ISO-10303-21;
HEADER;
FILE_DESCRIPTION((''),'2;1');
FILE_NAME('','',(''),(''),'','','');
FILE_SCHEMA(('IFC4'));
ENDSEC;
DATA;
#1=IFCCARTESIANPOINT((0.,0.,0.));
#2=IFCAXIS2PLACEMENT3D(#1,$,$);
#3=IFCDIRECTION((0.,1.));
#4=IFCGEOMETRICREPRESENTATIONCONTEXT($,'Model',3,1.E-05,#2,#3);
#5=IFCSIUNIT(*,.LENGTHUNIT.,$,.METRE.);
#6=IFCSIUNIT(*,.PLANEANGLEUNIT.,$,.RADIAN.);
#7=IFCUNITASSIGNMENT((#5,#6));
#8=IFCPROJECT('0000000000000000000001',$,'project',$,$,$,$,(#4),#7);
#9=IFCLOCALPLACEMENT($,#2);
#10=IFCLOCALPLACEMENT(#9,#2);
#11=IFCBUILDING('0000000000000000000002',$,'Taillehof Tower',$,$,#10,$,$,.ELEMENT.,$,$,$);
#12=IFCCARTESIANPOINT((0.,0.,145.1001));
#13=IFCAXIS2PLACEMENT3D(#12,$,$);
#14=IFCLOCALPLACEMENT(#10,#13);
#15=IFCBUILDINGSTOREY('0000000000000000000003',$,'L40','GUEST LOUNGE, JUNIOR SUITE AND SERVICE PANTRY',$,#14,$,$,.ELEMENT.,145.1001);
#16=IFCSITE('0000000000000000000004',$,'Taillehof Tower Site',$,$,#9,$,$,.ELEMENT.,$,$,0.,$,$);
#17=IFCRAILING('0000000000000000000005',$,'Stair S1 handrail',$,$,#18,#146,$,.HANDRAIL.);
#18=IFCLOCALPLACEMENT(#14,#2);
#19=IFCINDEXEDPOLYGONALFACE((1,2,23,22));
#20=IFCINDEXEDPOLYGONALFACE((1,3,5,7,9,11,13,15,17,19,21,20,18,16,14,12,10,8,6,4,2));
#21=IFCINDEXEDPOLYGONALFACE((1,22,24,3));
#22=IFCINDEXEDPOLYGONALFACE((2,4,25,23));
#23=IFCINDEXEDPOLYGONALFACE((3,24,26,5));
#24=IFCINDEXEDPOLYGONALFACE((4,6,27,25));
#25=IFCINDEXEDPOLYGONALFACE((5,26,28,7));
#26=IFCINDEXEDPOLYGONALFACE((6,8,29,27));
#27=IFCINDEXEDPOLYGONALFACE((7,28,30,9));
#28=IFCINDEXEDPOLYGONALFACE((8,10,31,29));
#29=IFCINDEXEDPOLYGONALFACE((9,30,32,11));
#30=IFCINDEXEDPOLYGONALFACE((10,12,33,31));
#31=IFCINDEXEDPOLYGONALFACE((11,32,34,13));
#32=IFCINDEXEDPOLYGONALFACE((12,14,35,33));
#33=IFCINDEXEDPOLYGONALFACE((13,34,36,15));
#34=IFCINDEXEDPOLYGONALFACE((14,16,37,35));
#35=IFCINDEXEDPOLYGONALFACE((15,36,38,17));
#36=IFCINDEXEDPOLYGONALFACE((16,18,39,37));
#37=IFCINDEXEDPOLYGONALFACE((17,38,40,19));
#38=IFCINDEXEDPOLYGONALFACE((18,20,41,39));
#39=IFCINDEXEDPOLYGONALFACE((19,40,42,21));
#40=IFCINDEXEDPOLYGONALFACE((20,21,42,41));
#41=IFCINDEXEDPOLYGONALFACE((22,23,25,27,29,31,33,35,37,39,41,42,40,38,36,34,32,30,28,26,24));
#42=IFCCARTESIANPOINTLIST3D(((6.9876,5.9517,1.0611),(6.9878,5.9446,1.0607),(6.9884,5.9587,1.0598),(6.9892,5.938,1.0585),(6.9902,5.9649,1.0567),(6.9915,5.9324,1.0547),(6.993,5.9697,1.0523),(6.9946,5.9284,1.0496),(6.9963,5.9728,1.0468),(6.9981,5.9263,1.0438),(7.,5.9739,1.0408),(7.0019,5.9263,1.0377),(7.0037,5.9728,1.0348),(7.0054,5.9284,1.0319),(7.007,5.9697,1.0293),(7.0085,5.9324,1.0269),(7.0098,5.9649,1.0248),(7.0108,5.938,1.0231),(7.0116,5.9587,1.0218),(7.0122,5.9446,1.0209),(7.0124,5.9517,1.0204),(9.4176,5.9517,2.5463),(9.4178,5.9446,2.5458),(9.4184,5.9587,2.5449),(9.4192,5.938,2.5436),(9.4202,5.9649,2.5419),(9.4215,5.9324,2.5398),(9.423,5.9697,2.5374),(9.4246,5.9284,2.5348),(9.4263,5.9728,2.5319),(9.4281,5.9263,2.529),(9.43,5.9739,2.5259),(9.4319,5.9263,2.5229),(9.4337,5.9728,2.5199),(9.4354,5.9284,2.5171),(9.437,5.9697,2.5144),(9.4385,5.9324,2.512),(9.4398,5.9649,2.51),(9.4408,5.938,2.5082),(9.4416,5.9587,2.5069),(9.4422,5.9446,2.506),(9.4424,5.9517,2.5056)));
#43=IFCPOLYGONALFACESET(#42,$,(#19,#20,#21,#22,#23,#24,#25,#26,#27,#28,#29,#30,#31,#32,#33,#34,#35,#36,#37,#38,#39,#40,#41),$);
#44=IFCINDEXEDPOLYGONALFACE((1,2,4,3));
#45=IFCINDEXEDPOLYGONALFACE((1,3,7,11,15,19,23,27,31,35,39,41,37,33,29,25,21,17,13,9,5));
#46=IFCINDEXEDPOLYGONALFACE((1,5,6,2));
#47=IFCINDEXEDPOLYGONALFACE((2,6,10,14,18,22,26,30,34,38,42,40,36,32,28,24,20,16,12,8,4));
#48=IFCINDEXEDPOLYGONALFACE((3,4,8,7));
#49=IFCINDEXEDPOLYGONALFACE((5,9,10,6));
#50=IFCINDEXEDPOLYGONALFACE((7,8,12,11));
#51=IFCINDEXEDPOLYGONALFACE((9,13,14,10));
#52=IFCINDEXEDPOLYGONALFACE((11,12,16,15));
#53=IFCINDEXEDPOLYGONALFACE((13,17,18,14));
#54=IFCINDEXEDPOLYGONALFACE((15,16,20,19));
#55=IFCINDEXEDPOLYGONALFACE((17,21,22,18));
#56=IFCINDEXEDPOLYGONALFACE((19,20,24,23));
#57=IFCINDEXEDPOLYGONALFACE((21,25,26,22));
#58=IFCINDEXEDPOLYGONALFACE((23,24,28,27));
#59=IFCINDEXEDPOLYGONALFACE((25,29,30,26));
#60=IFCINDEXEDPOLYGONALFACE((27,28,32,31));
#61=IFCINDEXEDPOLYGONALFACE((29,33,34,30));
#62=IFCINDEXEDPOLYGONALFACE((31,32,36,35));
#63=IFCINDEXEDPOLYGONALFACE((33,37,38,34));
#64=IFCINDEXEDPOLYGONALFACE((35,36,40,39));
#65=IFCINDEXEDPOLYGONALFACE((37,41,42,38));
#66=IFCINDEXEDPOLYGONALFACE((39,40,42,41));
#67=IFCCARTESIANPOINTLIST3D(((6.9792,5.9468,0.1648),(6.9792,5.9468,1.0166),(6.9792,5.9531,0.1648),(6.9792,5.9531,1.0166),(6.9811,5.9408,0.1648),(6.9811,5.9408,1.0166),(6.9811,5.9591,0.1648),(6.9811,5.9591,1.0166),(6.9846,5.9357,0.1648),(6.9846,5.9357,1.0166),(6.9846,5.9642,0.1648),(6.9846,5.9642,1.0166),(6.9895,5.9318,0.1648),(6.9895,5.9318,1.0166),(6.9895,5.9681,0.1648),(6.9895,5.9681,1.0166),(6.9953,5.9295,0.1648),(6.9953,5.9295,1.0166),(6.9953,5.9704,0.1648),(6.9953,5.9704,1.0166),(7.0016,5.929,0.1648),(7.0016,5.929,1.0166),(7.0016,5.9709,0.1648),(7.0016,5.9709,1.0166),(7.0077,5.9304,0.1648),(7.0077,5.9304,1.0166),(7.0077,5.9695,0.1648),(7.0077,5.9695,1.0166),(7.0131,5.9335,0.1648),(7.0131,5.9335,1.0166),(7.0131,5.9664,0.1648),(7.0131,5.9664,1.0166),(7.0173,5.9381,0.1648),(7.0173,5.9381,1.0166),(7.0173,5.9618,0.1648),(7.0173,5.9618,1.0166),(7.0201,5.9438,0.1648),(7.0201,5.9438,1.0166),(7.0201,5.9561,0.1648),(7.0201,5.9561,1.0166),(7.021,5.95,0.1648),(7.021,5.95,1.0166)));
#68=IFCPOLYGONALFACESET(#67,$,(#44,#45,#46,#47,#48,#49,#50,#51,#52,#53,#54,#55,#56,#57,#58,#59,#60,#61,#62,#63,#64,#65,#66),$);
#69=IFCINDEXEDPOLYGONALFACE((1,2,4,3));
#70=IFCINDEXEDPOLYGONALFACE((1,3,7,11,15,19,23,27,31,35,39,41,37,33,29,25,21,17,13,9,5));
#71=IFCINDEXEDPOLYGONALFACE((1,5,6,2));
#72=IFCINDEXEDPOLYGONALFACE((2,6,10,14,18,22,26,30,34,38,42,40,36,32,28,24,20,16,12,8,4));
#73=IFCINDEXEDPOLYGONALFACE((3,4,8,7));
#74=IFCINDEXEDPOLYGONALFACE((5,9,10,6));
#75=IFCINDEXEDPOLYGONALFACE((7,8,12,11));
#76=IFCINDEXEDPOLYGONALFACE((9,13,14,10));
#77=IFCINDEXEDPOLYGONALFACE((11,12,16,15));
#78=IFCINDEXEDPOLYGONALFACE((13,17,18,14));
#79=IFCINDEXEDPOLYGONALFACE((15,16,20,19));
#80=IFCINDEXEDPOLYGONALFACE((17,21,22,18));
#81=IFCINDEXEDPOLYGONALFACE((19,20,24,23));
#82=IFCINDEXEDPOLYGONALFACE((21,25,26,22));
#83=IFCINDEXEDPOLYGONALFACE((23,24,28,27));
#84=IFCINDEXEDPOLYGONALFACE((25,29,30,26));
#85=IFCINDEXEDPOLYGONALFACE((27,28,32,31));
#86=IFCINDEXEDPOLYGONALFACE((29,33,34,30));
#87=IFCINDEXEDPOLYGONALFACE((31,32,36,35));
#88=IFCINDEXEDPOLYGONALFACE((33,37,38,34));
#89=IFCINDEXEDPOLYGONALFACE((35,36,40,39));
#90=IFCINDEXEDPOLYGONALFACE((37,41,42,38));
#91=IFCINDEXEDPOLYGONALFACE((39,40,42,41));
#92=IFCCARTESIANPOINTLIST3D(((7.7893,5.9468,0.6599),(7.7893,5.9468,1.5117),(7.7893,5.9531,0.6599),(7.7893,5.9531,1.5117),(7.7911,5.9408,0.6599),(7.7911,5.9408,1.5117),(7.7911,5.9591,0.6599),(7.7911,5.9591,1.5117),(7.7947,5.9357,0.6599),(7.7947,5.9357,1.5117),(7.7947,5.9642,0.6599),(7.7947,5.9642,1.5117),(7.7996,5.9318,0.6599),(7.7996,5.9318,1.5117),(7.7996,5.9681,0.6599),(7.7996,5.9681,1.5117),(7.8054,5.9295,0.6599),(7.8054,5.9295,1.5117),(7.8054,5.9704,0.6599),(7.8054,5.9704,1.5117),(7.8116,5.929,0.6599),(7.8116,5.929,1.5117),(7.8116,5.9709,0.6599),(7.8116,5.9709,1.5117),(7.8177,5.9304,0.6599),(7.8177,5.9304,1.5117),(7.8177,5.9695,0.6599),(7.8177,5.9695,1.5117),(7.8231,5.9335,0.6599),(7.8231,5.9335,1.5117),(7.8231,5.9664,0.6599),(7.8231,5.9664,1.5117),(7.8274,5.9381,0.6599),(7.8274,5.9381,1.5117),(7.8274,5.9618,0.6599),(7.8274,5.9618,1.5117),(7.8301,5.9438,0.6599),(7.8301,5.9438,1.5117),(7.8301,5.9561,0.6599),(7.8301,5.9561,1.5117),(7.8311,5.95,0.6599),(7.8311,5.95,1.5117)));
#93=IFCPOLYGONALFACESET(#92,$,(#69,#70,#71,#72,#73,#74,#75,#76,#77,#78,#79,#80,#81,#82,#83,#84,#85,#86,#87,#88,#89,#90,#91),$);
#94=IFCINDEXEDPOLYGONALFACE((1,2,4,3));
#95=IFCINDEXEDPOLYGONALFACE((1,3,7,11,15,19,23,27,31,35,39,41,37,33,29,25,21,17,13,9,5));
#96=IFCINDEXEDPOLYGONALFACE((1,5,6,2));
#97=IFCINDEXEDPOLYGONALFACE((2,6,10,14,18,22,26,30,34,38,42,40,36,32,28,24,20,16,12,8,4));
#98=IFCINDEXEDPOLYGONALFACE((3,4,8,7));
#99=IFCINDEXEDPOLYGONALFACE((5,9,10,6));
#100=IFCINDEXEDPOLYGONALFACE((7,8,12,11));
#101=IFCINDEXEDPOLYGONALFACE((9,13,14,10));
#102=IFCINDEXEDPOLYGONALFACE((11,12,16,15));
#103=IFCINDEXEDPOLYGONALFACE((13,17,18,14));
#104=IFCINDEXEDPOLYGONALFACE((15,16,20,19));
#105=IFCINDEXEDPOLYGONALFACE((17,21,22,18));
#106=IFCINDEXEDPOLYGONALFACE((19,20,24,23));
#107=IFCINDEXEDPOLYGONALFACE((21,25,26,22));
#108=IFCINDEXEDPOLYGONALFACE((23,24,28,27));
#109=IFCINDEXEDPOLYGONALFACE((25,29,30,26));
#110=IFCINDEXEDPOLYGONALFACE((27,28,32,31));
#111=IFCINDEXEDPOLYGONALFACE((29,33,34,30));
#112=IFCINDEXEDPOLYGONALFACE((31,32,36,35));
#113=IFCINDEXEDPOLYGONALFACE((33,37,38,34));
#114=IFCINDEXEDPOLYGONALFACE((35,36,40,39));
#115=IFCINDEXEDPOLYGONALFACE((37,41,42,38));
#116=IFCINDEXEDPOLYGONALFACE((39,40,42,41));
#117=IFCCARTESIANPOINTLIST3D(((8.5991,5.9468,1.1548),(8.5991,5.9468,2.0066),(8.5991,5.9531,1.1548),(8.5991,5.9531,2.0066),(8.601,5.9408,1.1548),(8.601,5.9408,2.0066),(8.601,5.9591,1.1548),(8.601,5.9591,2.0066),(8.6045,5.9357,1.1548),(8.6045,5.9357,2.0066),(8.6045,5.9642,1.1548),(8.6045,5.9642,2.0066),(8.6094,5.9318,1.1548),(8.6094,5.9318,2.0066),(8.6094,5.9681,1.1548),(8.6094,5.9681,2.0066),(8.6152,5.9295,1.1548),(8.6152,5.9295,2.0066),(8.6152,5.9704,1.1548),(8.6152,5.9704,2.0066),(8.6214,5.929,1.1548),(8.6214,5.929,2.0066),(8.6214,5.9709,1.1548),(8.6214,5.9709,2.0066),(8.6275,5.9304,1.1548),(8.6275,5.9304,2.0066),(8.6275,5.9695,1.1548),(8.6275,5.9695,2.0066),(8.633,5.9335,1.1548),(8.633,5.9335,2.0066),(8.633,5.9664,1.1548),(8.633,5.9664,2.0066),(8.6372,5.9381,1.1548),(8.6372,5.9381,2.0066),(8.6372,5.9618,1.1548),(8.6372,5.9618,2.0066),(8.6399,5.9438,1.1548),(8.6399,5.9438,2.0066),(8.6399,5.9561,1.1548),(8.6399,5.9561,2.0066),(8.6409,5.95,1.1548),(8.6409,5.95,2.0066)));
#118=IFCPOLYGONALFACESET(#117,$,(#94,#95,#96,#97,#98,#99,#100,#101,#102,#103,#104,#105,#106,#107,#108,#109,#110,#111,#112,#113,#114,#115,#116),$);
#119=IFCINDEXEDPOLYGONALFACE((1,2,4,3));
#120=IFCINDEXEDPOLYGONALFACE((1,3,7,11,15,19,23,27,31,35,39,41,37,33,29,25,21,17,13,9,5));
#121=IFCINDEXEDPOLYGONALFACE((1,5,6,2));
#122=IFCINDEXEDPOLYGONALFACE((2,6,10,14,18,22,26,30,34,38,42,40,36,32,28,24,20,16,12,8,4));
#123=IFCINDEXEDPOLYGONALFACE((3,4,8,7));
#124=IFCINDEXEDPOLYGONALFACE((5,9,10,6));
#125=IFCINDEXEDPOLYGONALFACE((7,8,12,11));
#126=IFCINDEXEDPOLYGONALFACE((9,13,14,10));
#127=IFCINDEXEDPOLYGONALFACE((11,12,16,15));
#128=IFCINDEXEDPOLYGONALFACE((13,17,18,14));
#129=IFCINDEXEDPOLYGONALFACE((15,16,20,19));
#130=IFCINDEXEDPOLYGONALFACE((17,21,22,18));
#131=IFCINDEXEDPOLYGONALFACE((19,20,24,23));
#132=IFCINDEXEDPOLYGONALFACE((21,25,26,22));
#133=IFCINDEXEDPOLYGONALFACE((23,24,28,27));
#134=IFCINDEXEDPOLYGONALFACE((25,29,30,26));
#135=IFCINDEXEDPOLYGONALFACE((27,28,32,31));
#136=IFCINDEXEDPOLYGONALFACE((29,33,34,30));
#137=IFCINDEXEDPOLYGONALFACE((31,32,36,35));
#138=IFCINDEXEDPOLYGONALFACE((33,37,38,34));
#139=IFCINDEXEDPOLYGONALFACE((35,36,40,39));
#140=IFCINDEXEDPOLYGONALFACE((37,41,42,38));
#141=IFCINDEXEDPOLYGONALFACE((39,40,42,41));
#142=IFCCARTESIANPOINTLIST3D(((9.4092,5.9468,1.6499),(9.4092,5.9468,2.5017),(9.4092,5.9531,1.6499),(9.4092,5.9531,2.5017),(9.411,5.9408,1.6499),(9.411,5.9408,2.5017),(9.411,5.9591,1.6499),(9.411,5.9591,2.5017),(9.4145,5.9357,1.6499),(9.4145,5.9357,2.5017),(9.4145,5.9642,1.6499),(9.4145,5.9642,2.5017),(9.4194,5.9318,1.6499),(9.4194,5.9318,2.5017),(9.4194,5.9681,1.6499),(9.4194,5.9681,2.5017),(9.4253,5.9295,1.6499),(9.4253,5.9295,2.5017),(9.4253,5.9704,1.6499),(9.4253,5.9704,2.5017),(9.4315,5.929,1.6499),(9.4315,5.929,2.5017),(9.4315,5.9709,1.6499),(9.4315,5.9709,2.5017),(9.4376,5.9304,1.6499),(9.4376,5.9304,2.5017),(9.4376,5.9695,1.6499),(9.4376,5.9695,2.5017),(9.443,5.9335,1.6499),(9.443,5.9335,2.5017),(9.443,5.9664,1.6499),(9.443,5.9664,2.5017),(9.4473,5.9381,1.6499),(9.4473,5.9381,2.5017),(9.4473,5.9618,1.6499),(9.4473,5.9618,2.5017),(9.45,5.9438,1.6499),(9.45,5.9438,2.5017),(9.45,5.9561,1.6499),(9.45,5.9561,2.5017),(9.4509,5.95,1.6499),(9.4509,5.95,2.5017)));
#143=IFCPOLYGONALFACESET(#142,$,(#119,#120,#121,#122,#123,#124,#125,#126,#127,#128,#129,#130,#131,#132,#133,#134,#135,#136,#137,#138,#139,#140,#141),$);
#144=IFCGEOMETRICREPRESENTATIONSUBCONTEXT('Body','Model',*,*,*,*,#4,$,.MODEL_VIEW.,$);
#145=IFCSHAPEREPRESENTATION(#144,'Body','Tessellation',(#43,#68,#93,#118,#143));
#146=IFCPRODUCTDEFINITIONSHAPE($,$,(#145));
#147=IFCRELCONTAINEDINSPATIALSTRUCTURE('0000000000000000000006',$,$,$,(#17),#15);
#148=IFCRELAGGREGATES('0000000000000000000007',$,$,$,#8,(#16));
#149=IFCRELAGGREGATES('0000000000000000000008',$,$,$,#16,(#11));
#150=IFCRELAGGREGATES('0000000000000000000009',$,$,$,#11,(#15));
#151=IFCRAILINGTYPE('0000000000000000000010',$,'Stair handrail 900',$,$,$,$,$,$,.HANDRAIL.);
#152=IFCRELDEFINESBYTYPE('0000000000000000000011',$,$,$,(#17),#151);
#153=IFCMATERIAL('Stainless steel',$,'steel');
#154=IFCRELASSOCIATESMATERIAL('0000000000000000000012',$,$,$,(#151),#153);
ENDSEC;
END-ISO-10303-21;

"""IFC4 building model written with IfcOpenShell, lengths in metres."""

from ifc_helpers import new_model, si_unit, direction, frame, origin, origin_2d, place, context, subcontext, project, spatial, circle, extrude, material, type_object, element, save


model = new_model("IFC4")

# Units and contexts
model_context = context("Model", 3, precision=1e-05, world=origin(), true_north=direction((0.0, 1.0)))
body_context = subcontext(model_context, "Body", "Model", "MODEL_VIEW")
ifc_project = project(units=[si_unit("LENGTHUNIT", "METRE"), si_unit("PLANEANGLEUNIT", "RADIAN")], contexts=[model_context])

# Site, building, storey
site_placement = place(None, origin())
site = spatial("IfcSite", under=ifc_project, at=site_placement, Name="Taillehof Tower Site", CompositionType="ELEMENT", RefElevation=0.0)
building_placement = place(site_placement, origin())
building = spatial("IfcBuilding", under=site, at=building_placement, Name="Taillehof Tower", CompositionType="ELEMENT")
storey_placement = place(building_placement, frame((0.0, 0.0, 145.1001)))
storey = spatial("IfcBuildingStorey", under=building, at=storey_placement, Name="L40", Description="GUEST LOUNGE, JUNIOR SUITE AND SERVICE PANTRY", CompositionType="ELEMENT", Elevation=145.1001)

# Railing
ifc_material_1 = material(Name="Stainless steel", Category="steel")
railing_type = type_object("IfcRailingType", Name="Stair handrail 900", PredefinedType="HANDRAIL", material=ifc_material_1)
railing_1_placement = place(storey_placement, frame((7.0, 5.95, 0.1648)))
element("IfcRailing", 1, at=railing_1_placement, inside=storey, type_object=railing_type, Name="Stair S1 handrail", PredefinedType="HANDRAIL", context=body_context, shape_type="SweptSolid", body=[
    extrude(circle(Radius=0.0239, at=origin_2d()), frame((0.0, 0.0, 0.876), z_axis=(0.853259, 0.0, 0.521488), x_axis=(0.0, 1.0, 0.0)), (0.0, 0.0, 1.0), 2.8479),
    extrude(circle(Radius=0.021, at=origin_2d()), origin(), (0.0, 0.0, 1.0), 0.8518),
    extrude(circle(Radius=0.021, at=origin_2d()), frame((0.8101, 0.0, 0.4951)), (0.0, 0.0, 1.0), 0.8518),
    extrude(circle(Radius=0.021, at=origin_2d()), frame((1.6199, 0.0, 0.99)), (0.0, 0.0, 1.0), 0.8518),
    extrude(circle(Radius=0.021, at=origin_2d()), frame((2.4299, 0.0, 1.4851)), (0.0, 0.0, 1.0), 0.8518),
])

save(model, "model.ifc")
